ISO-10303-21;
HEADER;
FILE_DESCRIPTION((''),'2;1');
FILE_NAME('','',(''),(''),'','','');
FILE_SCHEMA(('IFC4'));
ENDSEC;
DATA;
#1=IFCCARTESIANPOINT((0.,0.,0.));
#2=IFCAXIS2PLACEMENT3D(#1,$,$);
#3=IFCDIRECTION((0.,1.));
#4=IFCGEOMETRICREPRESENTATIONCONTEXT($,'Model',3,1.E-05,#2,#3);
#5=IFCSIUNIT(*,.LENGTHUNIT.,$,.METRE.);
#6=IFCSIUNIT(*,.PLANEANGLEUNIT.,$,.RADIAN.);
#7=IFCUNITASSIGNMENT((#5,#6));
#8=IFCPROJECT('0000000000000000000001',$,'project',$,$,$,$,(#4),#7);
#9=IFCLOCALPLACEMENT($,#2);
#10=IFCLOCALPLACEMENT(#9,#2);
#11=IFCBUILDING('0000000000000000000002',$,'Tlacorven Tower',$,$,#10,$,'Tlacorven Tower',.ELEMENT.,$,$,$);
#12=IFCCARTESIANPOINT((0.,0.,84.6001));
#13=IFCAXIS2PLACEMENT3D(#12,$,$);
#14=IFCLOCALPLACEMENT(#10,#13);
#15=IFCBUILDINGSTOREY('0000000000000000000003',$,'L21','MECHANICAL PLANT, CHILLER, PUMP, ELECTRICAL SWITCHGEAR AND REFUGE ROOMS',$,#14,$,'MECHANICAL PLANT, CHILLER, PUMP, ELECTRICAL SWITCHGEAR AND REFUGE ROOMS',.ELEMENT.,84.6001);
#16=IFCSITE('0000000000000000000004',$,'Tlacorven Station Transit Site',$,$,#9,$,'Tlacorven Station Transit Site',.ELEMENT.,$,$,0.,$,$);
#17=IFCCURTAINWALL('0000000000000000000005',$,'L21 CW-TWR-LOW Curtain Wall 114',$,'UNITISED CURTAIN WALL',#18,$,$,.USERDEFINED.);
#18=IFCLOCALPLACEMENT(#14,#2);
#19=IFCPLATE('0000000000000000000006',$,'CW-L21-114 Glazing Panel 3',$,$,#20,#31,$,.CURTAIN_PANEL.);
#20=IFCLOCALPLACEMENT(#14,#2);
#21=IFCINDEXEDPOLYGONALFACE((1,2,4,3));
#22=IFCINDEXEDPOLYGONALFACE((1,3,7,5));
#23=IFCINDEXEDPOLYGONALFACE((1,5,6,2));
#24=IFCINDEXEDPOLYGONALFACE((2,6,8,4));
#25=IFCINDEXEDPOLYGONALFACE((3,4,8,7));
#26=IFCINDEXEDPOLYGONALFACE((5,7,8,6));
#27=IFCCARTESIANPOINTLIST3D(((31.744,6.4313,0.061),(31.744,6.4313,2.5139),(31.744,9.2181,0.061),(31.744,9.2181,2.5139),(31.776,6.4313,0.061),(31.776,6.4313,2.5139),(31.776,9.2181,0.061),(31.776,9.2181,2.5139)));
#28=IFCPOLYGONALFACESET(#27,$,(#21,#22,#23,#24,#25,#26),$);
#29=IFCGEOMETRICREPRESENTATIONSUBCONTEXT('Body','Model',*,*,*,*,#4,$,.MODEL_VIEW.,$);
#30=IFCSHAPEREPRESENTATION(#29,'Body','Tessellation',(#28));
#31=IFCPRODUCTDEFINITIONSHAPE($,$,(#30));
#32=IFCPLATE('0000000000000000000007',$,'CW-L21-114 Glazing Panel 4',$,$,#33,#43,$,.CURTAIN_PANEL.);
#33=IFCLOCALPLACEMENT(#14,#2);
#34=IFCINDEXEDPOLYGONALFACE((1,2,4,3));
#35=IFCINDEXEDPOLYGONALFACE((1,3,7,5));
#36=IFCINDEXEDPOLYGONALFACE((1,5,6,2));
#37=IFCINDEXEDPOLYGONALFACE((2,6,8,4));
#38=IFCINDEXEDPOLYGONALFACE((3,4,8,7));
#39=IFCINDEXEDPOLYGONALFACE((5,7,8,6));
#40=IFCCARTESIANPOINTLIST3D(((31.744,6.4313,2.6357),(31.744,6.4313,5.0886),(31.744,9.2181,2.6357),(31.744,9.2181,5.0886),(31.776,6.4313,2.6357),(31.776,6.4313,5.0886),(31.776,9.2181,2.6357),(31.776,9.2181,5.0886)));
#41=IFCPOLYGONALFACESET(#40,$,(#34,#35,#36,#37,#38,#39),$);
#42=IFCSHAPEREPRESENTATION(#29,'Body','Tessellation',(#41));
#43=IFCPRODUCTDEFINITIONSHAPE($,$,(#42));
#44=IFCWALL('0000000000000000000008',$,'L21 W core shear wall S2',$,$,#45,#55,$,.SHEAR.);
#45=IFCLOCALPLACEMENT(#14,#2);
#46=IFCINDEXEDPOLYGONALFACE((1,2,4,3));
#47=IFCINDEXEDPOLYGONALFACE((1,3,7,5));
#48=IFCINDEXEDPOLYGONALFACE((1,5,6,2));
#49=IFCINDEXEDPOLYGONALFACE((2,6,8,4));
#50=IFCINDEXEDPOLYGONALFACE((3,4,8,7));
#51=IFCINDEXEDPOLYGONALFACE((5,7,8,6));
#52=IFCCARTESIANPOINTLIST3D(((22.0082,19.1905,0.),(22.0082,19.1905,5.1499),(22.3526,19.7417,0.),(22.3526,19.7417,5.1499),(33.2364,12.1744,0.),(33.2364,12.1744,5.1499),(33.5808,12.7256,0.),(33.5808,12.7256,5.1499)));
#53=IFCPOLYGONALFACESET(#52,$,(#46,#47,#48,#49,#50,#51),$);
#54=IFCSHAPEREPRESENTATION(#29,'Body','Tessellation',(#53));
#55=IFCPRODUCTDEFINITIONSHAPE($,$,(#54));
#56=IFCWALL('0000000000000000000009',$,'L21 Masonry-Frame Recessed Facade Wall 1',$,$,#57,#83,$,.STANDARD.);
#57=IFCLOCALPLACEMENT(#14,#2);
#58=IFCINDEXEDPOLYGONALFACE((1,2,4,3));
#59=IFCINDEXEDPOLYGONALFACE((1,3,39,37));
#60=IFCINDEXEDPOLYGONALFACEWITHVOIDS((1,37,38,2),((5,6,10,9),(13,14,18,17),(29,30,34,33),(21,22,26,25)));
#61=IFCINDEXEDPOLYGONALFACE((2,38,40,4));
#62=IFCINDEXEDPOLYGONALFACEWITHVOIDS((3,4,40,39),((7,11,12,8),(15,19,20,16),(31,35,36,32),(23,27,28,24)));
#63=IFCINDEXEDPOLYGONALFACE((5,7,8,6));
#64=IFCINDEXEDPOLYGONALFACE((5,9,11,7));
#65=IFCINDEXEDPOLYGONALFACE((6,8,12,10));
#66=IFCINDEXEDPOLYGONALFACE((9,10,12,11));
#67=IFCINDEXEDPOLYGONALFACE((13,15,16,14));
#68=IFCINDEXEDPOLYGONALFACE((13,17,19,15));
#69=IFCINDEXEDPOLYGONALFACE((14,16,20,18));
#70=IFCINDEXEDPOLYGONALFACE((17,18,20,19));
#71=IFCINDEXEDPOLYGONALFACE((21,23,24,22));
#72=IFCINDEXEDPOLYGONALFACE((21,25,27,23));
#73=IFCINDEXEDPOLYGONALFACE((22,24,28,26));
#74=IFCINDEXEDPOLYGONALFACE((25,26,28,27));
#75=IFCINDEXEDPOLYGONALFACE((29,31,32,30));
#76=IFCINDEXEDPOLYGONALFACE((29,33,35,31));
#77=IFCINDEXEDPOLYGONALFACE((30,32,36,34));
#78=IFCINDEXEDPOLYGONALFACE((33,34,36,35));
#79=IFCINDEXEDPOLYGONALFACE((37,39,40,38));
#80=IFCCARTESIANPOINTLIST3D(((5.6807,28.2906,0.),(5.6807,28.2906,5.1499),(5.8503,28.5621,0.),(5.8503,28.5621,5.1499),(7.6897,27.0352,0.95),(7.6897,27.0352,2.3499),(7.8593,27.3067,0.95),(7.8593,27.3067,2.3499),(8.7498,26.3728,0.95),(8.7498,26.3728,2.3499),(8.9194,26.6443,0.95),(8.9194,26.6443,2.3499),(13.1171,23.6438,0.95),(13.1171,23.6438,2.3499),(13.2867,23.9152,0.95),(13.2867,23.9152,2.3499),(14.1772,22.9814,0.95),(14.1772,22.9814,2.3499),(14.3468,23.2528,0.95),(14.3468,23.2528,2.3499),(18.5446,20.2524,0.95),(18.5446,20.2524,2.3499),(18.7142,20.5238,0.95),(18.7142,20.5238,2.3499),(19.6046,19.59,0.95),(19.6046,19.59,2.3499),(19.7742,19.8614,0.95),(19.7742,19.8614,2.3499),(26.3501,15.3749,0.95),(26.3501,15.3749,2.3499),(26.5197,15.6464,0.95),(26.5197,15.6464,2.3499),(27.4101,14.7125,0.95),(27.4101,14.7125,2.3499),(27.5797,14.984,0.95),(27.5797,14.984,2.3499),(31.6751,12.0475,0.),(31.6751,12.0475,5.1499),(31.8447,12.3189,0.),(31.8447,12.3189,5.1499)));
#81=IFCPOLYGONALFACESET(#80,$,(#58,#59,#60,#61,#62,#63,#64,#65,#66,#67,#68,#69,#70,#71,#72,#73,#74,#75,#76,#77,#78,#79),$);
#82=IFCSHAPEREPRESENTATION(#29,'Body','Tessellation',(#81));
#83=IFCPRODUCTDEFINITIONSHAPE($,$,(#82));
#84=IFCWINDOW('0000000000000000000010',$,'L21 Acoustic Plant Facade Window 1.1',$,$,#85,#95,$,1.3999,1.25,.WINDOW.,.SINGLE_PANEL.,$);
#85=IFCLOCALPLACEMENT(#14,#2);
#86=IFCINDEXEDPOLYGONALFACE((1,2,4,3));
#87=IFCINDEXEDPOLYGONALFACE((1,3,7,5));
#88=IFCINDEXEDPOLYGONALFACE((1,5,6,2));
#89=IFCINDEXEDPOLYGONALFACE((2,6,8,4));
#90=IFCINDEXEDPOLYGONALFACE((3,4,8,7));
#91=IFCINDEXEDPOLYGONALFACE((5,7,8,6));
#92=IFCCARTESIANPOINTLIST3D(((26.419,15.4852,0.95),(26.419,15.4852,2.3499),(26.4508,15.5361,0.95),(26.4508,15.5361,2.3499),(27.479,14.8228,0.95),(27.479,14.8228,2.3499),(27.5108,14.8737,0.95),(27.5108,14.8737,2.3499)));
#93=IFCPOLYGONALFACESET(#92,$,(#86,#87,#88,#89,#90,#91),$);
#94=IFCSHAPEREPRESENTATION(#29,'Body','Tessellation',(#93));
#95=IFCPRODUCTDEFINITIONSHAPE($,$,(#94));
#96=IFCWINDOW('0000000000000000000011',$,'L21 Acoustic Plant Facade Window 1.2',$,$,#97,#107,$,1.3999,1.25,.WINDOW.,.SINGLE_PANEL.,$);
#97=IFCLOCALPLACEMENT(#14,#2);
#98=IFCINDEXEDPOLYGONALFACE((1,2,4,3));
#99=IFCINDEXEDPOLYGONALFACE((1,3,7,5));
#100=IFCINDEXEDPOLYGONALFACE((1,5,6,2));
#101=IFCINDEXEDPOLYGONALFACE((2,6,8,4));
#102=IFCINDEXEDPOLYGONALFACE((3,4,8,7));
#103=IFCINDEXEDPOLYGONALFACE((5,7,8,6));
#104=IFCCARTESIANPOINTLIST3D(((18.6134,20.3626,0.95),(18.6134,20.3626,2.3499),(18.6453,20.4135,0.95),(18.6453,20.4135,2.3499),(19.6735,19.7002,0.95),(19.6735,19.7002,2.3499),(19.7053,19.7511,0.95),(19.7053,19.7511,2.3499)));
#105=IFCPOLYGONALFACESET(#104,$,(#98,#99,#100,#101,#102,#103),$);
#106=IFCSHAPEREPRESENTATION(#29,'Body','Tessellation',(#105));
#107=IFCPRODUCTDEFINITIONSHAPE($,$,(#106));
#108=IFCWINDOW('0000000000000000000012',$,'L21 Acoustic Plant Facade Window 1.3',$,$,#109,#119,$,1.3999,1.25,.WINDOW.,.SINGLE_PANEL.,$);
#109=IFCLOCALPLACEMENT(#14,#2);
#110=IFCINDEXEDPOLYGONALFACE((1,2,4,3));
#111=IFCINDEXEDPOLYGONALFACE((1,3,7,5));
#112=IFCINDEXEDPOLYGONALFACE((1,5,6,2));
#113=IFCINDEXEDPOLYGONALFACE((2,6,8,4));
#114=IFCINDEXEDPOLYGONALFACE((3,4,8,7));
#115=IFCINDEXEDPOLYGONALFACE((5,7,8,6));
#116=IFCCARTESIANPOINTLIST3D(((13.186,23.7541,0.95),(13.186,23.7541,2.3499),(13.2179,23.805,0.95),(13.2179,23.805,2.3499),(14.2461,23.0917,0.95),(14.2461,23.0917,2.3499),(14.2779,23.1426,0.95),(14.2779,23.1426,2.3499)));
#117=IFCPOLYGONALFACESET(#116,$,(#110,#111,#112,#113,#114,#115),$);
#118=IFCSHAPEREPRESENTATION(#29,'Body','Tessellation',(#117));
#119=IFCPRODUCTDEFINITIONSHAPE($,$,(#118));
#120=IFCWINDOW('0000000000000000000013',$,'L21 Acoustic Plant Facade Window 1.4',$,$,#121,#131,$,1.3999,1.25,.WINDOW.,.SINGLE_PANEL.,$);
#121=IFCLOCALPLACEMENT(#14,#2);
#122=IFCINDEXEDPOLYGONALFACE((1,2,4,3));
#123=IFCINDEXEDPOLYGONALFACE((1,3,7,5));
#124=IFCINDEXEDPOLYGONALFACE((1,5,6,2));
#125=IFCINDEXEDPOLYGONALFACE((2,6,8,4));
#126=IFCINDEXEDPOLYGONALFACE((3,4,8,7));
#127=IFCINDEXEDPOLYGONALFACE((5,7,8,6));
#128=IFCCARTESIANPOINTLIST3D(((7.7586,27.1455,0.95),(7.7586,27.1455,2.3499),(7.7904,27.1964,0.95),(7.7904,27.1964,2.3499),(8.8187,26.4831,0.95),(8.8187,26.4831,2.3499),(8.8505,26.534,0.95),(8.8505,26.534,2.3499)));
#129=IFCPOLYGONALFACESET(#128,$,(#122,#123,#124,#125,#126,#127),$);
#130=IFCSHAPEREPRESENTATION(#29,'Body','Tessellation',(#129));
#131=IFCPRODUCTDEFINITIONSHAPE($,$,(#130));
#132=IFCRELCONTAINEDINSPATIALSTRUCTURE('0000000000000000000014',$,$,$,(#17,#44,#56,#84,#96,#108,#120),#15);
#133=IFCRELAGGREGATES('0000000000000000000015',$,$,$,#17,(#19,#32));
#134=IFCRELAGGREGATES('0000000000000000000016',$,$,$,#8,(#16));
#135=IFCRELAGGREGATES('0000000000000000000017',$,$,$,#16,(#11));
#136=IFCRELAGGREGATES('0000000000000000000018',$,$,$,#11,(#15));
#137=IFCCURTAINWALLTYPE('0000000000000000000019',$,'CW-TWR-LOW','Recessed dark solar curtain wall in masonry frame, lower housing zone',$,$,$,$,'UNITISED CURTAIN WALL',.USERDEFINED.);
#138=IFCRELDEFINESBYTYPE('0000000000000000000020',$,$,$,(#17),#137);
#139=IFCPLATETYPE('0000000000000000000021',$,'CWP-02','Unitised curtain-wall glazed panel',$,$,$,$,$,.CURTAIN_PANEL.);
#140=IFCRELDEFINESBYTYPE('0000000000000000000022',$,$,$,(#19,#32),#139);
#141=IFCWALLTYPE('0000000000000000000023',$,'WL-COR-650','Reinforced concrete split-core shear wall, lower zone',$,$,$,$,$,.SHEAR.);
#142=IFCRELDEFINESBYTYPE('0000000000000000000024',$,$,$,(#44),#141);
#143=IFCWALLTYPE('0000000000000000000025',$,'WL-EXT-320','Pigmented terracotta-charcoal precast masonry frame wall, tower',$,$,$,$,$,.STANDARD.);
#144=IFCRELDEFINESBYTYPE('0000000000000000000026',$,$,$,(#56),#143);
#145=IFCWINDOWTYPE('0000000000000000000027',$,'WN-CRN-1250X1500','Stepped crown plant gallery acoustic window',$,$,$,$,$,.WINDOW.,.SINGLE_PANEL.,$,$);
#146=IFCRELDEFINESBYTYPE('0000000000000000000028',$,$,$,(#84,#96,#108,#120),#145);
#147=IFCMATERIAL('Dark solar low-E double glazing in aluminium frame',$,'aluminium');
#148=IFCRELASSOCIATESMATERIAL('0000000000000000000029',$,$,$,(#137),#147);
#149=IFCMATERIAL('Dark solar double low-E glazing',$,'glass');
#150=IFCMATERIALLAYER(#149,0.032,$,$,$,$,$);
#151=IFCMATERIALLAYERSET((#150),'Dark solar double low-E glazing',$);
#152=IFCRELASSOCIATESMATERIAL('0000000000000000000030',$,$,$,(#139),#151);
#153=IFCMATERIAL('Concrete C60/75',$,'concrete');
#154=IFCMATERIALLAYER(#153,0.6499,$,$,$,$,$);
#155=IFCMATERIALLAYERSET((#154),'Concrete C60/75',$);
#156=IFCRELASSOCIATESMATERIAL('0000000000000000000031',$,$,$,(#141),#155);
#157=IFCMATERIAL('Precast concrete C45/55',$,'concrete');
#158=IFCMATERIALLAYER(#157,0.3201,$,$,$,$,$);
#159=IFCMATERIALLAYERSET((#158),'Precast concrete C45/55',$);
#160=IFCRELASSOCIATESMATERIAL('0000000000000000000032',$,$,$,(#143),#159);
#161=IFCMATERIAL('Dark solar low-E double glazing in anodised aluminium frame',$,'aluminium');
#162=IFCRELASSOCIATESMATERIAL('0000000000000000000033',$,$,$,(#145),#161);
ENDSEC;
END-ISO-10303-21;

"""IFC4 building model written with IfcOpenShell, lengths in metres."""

from ifc_helpers import new_model, si_unit, direction, frame, frame_2d, origin, origin_2d, place, context, subcontext, project, spatial, rectangle, extrude, source, transform, mapped, material, layer, layer_set, type_object, element, fill, aggregate, save


model = new_model("IFC4")

# Units and contexts
model_context = context("Model", 3, precision=1e-05, world=origin(), true_north=direction((0.0, 1.0)))
body_context = subcontext(model_context, "Body", "Model", "MODEL_VIEW")
ifc_project = project(units=[si_unit("LENGTHUNIT", "METRE"), si_unit("PLANEANGLEUNIT", "RADIAN")], contexts=[model_context])

# Site, building, storey
site_placement = place(None, origin())
site = spatial("IfcSite", under=ifc_project, at=site_placement, Name="Tlacorven Station Transit Site", LongName="Tlacorven Station Transit Site", CompositionType="ELEMENT", RefElevation=0.0)
building_placement = place(site_placement, origin())
building = spatial("IfcBuilding", under=site, at=building_placement, Name="Tlacorven Tower", LongName="Tlacorven Tower", CompositionType="ELEMENT")
storey_placement = place(building_placement, frame((0.0, 0.0, 84.6001)))
storey = spatial("IfcBuildingStorey", under=building, at=storey_placement, Name="L21", Description="MECHANICAL PLANT, CHILLER, PUMP, ELECTRICAL SWITCHGEAR AND REFUGE ROOMS", LongName="MECHANICAL PLANT, CHILLER, PUMP, ELECTRICAL SWITCHGEAR AND REFUGE ROOMS", CompositionType="ELEMENT", Elevation=84.6001)

# Curtain wall, plates
ifc_material_1 = material(Name="Dark solar low-E double glazing in aluminium frame", Category="aluminium")
curtain_wall_type = type_object("IfcCurtainWallType", Name="CW-TWR-LOW", Description="Recessed dark solar curtain wall in masonry frame, lower housing zone", ElementType="UNITISED CURTAIN WALL", PredefinedType="USERDEFINED", material=ifc_material_1)
curtain_wall_placement = place(storey_placement, origin())
curtain_wall = element("IfcCurtainWall", 1, at=curtain_wall_placement, inside=storey, type_object=curtain_wall_type, Name="L21 CW-TWR-LOW Curtain Wall 114", ObjectType="UNITISED CURTAIN WALL", PredefinedType="USERDEFINED")
ifc_material_2 = material(Name="Dark solar double low-E glazing", Category="glass")
ifc_layer_1 = layer(ifc_material_2, 0.032)
ifc_layer_set_1 = layer_set([ifc_layer_1], Name="Dark solar double low-E glazing")
plate_type = type_object("IfcPlateType", Name="CWP-02", Description="Unitised curtain-wall glazed panel", PredefinedType="CURTAIN_PANEL", material=ifc_layer_set_1)
shared_shape_1 = source(origin(), body_context, "Body", "SweptSolid", [
    extrude(rectangle(XDim=2.7869, YDim=0.032, at=origin_2d()), origin(), (0.0, 0.0, 1.0), 2.4529),
])
plate_1_placement = place(storey_placement, frame((31.76, 7.8247, 0.061), z_axis=(0.0, 0.0, 1.0), x_axis=(0.0, 1.0, 0.0)))
plate_1 = element("IfcPlate", 2, at=plate_1_placement, type_object=plate_type, Name="CW-L21-114 Glazing Panel 3", PredefinedType="CURTAIN_PANEL", context=body_context, shape_type="MappedRepresentation", body=[
    mapped(shared_shape_1, transform((0.0, 0.0, 0.0), scale=1.0)),
])
plate_2_placement = place(storey_placement, frame((31.76, 7.8247, 2.6357), z_axis=(0.0, 0.0, 1.0), x_axis=(0.0, 1.0, 0.0)))
plate_2 = element("IfcPlate", 3, at=plate_2_placement, type_object=plate_type, Name="CW-L21-114 Glazing Panel 4", PredefinedType="CURTAIN_PANEL", context=body_context, shape_type="MappedRepresentation", body=[
    mapped(shared_shape_1, transform((0.0, 0.0, 0.0), scale=1.0)),
])
aggregate(curtain_wall, [plate_1, plate_2])

# Wall
ifc_material_3 = material(Name="Concrete C60/75", Category="concrete")
ifc_layer_2 = layer(ifc_material_3, 0.6499)
ifc_layer_set_2 = layer_set([ifc_layer_2], Name="Concrete C60/75")
wall_type_1 = type_object("IfcWallType", Name="WL-COR-650", Description="Reinforced concrete split-core shear wall, lower zone", PredefinedType="SHEAR", material=ifc_layer_set_2)
wall_1_placement = place(storey_placement, frame((33.4087, 12.45, 0.0), z_axis=(0.0, 0.0, 1.0), x_axis=(-0.848051, 0.529914, 0.0)))
element("IfcWall", 4, at=wall_1_placement, inside=storey, type_object=wall_type_1, Name="L21 W core shear wall S2", PredefinedType="SHEAR", context=body_context, shape_type="SweptSolid", body=[
    extrude(rectangle(XDim=13.24, YDim=0.6499, at=frame_2d((6.6201, 0.0))), origin(), (0.0, 0.0, 1.0), 5.1499),
])

# Wall, openings, windows
ifc_material_4 = material(Name="Precast concrete C45/55", Category="concrete")
ifc_layer_3 = layer(ifc_material_4, 0.3201)
ifc_layer_set_3 = layer_set([ifc_layer_3], Name="Precast concrete C45/55")
wall_type_2 = type_object("IfcWallType", Name="WL-EXT-320", Description="Pigmented terracotta-charcoal precast masonry frame wall, tower", PredefinedType="STANDARD", material=ifc_layer_set_3)
wall_2_placement = place(storey_placement, frame((31.76, 12.1831, 0.0), z_axis=(0.0, 0.0, 1.0), x_axis=(-0.848047, 0.529921, 0.0)))
wall_2 = element("IfcWall", 5, at=wall_2_placement, inside=storey, type_object=wall_type_2, Name="L21 Masonry-Frame Recessed Facade Wall 1", PredefinedType="STANDARD", context=body_context, shape_type="SweptSolid", body=[
    extrude(rectangle(XDim=30.6521, YDim=0.3201, at=frame_2d((15.3262, 0.0))), origin(), (0.0, 0.0, 1.0), 5.1499),
])
opening_1_placement = place(wall_2_placement, frame((5.0293, 0.0, 0.95)))
opening_1 = element("IfcOpeningElement", 6, at=opening_1_placement, cuts=wall_2, PredefinedType="OPENING", context=body_context, shape_type="SweptSolid", body=[
    extrude(rectangle(XDim=1.25, YDim=1.3999, at=frame_2d((0.625, 0.7))), frame((0.0, 0.1699, 0.0), z_axis=(0.0, -1.0, 0.0), x_axis=(1.0, 0.0, 0.0)), (0.0, 0.0, 1.0), 0.3401),
])
opening_2_placement = place(wall_2_placement, frame((14.2334, 0.0, 0.95)))
opening_2 = element("IfcOpeningElement", 7, at=opening_2_placement, cuts=wall_2, PredefinedType="OPENING", context=body_context, shape_type="SweptSolid", body=[
    extrude(rectangle(XDim=1.25, YDim=1.3999, at=frame_2d((0.625, 0.7))), frame((0.0, 0.1699, 0.0), z_axis=(0.0, -1.0, 0.0), x_axis=(1.0, 0.0, 0.0)), (0.0, 0.0, 1.0), 0.3401),
])
opening_3_placement = place(wall_2_placement, frame((20.6333, 0.0, 0.95)))
opening_3 = element("IfcOpeningElement", 8, at=opening_3_placement, cuts=wall_2, PredefinedType="OPENING", context=body_context, shape_type="SweptSolid", body=[
    extrude(rectangle(XDim=1.25, YDim=1.3999, at=frame_2d((0.625, 0.7))), frame((0.0, 0.1699, 0.0), z_axis=(0.0, -1.0, 0.0), x_axis=(1.0, 0.0, 0.0)), (0.0, 0.0, 1.0), 0.3401),
])
opening_4_placement = place(wall_2_placement, frame((27.0332, 0.0, 0.95)))
opening_4 = element("IfcOpeningElement", 9, at=opening_4_placement, cuts=wall_2, PredefinedType="OPENING", context=body_context, shape_type="SweptSolid", body=[
    extrude(rectangle(XDim=1.25, YDim=1.3999, at=frame_2d((0.625, 0.7))), frame((0.0, 0.1699, 0.0), z_axis=(0.0, -1.0, 0.0), x_axis=(1.0, 0.0, 0.0)), (0.0, 0.0, 1.0), 0.3401),
])
ifc_material_5 = material(Name="Dark solar low-E double glazing in anodised aluminium frame", Category="aluminium")
window_type = type_object("IfcWindowType", Name="WN-CRN-1250X1500", Description="Stepped crown plant gallery acoustic window", PartitioningType="SINGLE_PANEL", PredefinedType="WINDOW", material=ifc_material_5)
shared_shape_2 = source(origin(), body_context, "Body", "SweptSolid", [
    extrude(rectangle(XDim=1.25, YDim=1.3999, at=frame_2d((0.625, 0.7))), frame((0.0, 0.03, 0.0), z_axis=(0.0, -1.0, 0.0), x_axis=(1.0, 0.0, 0.0)), (0.0, 0.0, 1.0), 0.0601),
])
window_1_placement = place(opening_1_placement, origin())
window_1 = element("IfcWindow", 10, at=window_1_placement, inside=storey, type_object=window_type, Name="L21 Acoustic Plant Facade Window 1.1", OverallHeight=1.3999, OverallWidth=1.25, PartitioningType="SINGLE_PANEL", PredefinedType="WINDOW", context=body_context, shape_type="MappedRepresentation", body=[
    mapped(shared_shape_2, transform((0.0, 0.0, 0.0), scale=1.0)),
])
fill(opening_1, window_1)
window_2_placement = place(opening_2_placement, origin())
window_2 = element("IfcWindow", 11, at=window_2_placement, inside=storey, type_object=window_type, Name="L21 Acoustic Plant Facade Window 1.2", OverallHeight=1.3999, OverallWidth=1.25, PartitioningType="SINGLE_PANEL", PredefinedType="WINDOW", context=body_context, shape_type="MappedRepresentation", body=[
    mapped(shared_shape_2, transform((0.0, 0.0, 0.0), scale=1.0)),
])
fill(opening_2, window_2)
window_3_placement = place(opening_3_placement, origin())
window_3 = element("IfcWindow", 12, at=window_3_placement, inside=storey, type_object=window_type, Name="L21 Acoustic Plant Facade Window 1.3", OverallHeight=1.3999, OverallWidth=1.25, PartitioningType="SINGLE_PANEL", PredefinedType="WINDOW", context=body_context, shape_type="MappedRepresentation", body=[
    mapped(shared_shape_2, transform((0.0, 0.0, 0.0), scale=1.0)),
])
fill(opening_3, window_3)
window_4_placement = place(opening_4_placement, origin())
window_4 = element("IfcWindow", 13, at=window_4_placement, inside=storey, type_object=window_type, Name="L21 Acoustic Plant Facade Window 1.4", OverallHeight=1.3999, OverallWidth=1.25, PartitioningType="SINGLE_PANEL", PredefinedType="WINDOW", context=body_context, shape_type="MappedRepresentation", body=[
    mapped(shared_shape_2, transform((0.0, 0.0, 0.0), scale=1.0)),
])
fill(opening_4, window_4)

save(model, "model.ifc")
